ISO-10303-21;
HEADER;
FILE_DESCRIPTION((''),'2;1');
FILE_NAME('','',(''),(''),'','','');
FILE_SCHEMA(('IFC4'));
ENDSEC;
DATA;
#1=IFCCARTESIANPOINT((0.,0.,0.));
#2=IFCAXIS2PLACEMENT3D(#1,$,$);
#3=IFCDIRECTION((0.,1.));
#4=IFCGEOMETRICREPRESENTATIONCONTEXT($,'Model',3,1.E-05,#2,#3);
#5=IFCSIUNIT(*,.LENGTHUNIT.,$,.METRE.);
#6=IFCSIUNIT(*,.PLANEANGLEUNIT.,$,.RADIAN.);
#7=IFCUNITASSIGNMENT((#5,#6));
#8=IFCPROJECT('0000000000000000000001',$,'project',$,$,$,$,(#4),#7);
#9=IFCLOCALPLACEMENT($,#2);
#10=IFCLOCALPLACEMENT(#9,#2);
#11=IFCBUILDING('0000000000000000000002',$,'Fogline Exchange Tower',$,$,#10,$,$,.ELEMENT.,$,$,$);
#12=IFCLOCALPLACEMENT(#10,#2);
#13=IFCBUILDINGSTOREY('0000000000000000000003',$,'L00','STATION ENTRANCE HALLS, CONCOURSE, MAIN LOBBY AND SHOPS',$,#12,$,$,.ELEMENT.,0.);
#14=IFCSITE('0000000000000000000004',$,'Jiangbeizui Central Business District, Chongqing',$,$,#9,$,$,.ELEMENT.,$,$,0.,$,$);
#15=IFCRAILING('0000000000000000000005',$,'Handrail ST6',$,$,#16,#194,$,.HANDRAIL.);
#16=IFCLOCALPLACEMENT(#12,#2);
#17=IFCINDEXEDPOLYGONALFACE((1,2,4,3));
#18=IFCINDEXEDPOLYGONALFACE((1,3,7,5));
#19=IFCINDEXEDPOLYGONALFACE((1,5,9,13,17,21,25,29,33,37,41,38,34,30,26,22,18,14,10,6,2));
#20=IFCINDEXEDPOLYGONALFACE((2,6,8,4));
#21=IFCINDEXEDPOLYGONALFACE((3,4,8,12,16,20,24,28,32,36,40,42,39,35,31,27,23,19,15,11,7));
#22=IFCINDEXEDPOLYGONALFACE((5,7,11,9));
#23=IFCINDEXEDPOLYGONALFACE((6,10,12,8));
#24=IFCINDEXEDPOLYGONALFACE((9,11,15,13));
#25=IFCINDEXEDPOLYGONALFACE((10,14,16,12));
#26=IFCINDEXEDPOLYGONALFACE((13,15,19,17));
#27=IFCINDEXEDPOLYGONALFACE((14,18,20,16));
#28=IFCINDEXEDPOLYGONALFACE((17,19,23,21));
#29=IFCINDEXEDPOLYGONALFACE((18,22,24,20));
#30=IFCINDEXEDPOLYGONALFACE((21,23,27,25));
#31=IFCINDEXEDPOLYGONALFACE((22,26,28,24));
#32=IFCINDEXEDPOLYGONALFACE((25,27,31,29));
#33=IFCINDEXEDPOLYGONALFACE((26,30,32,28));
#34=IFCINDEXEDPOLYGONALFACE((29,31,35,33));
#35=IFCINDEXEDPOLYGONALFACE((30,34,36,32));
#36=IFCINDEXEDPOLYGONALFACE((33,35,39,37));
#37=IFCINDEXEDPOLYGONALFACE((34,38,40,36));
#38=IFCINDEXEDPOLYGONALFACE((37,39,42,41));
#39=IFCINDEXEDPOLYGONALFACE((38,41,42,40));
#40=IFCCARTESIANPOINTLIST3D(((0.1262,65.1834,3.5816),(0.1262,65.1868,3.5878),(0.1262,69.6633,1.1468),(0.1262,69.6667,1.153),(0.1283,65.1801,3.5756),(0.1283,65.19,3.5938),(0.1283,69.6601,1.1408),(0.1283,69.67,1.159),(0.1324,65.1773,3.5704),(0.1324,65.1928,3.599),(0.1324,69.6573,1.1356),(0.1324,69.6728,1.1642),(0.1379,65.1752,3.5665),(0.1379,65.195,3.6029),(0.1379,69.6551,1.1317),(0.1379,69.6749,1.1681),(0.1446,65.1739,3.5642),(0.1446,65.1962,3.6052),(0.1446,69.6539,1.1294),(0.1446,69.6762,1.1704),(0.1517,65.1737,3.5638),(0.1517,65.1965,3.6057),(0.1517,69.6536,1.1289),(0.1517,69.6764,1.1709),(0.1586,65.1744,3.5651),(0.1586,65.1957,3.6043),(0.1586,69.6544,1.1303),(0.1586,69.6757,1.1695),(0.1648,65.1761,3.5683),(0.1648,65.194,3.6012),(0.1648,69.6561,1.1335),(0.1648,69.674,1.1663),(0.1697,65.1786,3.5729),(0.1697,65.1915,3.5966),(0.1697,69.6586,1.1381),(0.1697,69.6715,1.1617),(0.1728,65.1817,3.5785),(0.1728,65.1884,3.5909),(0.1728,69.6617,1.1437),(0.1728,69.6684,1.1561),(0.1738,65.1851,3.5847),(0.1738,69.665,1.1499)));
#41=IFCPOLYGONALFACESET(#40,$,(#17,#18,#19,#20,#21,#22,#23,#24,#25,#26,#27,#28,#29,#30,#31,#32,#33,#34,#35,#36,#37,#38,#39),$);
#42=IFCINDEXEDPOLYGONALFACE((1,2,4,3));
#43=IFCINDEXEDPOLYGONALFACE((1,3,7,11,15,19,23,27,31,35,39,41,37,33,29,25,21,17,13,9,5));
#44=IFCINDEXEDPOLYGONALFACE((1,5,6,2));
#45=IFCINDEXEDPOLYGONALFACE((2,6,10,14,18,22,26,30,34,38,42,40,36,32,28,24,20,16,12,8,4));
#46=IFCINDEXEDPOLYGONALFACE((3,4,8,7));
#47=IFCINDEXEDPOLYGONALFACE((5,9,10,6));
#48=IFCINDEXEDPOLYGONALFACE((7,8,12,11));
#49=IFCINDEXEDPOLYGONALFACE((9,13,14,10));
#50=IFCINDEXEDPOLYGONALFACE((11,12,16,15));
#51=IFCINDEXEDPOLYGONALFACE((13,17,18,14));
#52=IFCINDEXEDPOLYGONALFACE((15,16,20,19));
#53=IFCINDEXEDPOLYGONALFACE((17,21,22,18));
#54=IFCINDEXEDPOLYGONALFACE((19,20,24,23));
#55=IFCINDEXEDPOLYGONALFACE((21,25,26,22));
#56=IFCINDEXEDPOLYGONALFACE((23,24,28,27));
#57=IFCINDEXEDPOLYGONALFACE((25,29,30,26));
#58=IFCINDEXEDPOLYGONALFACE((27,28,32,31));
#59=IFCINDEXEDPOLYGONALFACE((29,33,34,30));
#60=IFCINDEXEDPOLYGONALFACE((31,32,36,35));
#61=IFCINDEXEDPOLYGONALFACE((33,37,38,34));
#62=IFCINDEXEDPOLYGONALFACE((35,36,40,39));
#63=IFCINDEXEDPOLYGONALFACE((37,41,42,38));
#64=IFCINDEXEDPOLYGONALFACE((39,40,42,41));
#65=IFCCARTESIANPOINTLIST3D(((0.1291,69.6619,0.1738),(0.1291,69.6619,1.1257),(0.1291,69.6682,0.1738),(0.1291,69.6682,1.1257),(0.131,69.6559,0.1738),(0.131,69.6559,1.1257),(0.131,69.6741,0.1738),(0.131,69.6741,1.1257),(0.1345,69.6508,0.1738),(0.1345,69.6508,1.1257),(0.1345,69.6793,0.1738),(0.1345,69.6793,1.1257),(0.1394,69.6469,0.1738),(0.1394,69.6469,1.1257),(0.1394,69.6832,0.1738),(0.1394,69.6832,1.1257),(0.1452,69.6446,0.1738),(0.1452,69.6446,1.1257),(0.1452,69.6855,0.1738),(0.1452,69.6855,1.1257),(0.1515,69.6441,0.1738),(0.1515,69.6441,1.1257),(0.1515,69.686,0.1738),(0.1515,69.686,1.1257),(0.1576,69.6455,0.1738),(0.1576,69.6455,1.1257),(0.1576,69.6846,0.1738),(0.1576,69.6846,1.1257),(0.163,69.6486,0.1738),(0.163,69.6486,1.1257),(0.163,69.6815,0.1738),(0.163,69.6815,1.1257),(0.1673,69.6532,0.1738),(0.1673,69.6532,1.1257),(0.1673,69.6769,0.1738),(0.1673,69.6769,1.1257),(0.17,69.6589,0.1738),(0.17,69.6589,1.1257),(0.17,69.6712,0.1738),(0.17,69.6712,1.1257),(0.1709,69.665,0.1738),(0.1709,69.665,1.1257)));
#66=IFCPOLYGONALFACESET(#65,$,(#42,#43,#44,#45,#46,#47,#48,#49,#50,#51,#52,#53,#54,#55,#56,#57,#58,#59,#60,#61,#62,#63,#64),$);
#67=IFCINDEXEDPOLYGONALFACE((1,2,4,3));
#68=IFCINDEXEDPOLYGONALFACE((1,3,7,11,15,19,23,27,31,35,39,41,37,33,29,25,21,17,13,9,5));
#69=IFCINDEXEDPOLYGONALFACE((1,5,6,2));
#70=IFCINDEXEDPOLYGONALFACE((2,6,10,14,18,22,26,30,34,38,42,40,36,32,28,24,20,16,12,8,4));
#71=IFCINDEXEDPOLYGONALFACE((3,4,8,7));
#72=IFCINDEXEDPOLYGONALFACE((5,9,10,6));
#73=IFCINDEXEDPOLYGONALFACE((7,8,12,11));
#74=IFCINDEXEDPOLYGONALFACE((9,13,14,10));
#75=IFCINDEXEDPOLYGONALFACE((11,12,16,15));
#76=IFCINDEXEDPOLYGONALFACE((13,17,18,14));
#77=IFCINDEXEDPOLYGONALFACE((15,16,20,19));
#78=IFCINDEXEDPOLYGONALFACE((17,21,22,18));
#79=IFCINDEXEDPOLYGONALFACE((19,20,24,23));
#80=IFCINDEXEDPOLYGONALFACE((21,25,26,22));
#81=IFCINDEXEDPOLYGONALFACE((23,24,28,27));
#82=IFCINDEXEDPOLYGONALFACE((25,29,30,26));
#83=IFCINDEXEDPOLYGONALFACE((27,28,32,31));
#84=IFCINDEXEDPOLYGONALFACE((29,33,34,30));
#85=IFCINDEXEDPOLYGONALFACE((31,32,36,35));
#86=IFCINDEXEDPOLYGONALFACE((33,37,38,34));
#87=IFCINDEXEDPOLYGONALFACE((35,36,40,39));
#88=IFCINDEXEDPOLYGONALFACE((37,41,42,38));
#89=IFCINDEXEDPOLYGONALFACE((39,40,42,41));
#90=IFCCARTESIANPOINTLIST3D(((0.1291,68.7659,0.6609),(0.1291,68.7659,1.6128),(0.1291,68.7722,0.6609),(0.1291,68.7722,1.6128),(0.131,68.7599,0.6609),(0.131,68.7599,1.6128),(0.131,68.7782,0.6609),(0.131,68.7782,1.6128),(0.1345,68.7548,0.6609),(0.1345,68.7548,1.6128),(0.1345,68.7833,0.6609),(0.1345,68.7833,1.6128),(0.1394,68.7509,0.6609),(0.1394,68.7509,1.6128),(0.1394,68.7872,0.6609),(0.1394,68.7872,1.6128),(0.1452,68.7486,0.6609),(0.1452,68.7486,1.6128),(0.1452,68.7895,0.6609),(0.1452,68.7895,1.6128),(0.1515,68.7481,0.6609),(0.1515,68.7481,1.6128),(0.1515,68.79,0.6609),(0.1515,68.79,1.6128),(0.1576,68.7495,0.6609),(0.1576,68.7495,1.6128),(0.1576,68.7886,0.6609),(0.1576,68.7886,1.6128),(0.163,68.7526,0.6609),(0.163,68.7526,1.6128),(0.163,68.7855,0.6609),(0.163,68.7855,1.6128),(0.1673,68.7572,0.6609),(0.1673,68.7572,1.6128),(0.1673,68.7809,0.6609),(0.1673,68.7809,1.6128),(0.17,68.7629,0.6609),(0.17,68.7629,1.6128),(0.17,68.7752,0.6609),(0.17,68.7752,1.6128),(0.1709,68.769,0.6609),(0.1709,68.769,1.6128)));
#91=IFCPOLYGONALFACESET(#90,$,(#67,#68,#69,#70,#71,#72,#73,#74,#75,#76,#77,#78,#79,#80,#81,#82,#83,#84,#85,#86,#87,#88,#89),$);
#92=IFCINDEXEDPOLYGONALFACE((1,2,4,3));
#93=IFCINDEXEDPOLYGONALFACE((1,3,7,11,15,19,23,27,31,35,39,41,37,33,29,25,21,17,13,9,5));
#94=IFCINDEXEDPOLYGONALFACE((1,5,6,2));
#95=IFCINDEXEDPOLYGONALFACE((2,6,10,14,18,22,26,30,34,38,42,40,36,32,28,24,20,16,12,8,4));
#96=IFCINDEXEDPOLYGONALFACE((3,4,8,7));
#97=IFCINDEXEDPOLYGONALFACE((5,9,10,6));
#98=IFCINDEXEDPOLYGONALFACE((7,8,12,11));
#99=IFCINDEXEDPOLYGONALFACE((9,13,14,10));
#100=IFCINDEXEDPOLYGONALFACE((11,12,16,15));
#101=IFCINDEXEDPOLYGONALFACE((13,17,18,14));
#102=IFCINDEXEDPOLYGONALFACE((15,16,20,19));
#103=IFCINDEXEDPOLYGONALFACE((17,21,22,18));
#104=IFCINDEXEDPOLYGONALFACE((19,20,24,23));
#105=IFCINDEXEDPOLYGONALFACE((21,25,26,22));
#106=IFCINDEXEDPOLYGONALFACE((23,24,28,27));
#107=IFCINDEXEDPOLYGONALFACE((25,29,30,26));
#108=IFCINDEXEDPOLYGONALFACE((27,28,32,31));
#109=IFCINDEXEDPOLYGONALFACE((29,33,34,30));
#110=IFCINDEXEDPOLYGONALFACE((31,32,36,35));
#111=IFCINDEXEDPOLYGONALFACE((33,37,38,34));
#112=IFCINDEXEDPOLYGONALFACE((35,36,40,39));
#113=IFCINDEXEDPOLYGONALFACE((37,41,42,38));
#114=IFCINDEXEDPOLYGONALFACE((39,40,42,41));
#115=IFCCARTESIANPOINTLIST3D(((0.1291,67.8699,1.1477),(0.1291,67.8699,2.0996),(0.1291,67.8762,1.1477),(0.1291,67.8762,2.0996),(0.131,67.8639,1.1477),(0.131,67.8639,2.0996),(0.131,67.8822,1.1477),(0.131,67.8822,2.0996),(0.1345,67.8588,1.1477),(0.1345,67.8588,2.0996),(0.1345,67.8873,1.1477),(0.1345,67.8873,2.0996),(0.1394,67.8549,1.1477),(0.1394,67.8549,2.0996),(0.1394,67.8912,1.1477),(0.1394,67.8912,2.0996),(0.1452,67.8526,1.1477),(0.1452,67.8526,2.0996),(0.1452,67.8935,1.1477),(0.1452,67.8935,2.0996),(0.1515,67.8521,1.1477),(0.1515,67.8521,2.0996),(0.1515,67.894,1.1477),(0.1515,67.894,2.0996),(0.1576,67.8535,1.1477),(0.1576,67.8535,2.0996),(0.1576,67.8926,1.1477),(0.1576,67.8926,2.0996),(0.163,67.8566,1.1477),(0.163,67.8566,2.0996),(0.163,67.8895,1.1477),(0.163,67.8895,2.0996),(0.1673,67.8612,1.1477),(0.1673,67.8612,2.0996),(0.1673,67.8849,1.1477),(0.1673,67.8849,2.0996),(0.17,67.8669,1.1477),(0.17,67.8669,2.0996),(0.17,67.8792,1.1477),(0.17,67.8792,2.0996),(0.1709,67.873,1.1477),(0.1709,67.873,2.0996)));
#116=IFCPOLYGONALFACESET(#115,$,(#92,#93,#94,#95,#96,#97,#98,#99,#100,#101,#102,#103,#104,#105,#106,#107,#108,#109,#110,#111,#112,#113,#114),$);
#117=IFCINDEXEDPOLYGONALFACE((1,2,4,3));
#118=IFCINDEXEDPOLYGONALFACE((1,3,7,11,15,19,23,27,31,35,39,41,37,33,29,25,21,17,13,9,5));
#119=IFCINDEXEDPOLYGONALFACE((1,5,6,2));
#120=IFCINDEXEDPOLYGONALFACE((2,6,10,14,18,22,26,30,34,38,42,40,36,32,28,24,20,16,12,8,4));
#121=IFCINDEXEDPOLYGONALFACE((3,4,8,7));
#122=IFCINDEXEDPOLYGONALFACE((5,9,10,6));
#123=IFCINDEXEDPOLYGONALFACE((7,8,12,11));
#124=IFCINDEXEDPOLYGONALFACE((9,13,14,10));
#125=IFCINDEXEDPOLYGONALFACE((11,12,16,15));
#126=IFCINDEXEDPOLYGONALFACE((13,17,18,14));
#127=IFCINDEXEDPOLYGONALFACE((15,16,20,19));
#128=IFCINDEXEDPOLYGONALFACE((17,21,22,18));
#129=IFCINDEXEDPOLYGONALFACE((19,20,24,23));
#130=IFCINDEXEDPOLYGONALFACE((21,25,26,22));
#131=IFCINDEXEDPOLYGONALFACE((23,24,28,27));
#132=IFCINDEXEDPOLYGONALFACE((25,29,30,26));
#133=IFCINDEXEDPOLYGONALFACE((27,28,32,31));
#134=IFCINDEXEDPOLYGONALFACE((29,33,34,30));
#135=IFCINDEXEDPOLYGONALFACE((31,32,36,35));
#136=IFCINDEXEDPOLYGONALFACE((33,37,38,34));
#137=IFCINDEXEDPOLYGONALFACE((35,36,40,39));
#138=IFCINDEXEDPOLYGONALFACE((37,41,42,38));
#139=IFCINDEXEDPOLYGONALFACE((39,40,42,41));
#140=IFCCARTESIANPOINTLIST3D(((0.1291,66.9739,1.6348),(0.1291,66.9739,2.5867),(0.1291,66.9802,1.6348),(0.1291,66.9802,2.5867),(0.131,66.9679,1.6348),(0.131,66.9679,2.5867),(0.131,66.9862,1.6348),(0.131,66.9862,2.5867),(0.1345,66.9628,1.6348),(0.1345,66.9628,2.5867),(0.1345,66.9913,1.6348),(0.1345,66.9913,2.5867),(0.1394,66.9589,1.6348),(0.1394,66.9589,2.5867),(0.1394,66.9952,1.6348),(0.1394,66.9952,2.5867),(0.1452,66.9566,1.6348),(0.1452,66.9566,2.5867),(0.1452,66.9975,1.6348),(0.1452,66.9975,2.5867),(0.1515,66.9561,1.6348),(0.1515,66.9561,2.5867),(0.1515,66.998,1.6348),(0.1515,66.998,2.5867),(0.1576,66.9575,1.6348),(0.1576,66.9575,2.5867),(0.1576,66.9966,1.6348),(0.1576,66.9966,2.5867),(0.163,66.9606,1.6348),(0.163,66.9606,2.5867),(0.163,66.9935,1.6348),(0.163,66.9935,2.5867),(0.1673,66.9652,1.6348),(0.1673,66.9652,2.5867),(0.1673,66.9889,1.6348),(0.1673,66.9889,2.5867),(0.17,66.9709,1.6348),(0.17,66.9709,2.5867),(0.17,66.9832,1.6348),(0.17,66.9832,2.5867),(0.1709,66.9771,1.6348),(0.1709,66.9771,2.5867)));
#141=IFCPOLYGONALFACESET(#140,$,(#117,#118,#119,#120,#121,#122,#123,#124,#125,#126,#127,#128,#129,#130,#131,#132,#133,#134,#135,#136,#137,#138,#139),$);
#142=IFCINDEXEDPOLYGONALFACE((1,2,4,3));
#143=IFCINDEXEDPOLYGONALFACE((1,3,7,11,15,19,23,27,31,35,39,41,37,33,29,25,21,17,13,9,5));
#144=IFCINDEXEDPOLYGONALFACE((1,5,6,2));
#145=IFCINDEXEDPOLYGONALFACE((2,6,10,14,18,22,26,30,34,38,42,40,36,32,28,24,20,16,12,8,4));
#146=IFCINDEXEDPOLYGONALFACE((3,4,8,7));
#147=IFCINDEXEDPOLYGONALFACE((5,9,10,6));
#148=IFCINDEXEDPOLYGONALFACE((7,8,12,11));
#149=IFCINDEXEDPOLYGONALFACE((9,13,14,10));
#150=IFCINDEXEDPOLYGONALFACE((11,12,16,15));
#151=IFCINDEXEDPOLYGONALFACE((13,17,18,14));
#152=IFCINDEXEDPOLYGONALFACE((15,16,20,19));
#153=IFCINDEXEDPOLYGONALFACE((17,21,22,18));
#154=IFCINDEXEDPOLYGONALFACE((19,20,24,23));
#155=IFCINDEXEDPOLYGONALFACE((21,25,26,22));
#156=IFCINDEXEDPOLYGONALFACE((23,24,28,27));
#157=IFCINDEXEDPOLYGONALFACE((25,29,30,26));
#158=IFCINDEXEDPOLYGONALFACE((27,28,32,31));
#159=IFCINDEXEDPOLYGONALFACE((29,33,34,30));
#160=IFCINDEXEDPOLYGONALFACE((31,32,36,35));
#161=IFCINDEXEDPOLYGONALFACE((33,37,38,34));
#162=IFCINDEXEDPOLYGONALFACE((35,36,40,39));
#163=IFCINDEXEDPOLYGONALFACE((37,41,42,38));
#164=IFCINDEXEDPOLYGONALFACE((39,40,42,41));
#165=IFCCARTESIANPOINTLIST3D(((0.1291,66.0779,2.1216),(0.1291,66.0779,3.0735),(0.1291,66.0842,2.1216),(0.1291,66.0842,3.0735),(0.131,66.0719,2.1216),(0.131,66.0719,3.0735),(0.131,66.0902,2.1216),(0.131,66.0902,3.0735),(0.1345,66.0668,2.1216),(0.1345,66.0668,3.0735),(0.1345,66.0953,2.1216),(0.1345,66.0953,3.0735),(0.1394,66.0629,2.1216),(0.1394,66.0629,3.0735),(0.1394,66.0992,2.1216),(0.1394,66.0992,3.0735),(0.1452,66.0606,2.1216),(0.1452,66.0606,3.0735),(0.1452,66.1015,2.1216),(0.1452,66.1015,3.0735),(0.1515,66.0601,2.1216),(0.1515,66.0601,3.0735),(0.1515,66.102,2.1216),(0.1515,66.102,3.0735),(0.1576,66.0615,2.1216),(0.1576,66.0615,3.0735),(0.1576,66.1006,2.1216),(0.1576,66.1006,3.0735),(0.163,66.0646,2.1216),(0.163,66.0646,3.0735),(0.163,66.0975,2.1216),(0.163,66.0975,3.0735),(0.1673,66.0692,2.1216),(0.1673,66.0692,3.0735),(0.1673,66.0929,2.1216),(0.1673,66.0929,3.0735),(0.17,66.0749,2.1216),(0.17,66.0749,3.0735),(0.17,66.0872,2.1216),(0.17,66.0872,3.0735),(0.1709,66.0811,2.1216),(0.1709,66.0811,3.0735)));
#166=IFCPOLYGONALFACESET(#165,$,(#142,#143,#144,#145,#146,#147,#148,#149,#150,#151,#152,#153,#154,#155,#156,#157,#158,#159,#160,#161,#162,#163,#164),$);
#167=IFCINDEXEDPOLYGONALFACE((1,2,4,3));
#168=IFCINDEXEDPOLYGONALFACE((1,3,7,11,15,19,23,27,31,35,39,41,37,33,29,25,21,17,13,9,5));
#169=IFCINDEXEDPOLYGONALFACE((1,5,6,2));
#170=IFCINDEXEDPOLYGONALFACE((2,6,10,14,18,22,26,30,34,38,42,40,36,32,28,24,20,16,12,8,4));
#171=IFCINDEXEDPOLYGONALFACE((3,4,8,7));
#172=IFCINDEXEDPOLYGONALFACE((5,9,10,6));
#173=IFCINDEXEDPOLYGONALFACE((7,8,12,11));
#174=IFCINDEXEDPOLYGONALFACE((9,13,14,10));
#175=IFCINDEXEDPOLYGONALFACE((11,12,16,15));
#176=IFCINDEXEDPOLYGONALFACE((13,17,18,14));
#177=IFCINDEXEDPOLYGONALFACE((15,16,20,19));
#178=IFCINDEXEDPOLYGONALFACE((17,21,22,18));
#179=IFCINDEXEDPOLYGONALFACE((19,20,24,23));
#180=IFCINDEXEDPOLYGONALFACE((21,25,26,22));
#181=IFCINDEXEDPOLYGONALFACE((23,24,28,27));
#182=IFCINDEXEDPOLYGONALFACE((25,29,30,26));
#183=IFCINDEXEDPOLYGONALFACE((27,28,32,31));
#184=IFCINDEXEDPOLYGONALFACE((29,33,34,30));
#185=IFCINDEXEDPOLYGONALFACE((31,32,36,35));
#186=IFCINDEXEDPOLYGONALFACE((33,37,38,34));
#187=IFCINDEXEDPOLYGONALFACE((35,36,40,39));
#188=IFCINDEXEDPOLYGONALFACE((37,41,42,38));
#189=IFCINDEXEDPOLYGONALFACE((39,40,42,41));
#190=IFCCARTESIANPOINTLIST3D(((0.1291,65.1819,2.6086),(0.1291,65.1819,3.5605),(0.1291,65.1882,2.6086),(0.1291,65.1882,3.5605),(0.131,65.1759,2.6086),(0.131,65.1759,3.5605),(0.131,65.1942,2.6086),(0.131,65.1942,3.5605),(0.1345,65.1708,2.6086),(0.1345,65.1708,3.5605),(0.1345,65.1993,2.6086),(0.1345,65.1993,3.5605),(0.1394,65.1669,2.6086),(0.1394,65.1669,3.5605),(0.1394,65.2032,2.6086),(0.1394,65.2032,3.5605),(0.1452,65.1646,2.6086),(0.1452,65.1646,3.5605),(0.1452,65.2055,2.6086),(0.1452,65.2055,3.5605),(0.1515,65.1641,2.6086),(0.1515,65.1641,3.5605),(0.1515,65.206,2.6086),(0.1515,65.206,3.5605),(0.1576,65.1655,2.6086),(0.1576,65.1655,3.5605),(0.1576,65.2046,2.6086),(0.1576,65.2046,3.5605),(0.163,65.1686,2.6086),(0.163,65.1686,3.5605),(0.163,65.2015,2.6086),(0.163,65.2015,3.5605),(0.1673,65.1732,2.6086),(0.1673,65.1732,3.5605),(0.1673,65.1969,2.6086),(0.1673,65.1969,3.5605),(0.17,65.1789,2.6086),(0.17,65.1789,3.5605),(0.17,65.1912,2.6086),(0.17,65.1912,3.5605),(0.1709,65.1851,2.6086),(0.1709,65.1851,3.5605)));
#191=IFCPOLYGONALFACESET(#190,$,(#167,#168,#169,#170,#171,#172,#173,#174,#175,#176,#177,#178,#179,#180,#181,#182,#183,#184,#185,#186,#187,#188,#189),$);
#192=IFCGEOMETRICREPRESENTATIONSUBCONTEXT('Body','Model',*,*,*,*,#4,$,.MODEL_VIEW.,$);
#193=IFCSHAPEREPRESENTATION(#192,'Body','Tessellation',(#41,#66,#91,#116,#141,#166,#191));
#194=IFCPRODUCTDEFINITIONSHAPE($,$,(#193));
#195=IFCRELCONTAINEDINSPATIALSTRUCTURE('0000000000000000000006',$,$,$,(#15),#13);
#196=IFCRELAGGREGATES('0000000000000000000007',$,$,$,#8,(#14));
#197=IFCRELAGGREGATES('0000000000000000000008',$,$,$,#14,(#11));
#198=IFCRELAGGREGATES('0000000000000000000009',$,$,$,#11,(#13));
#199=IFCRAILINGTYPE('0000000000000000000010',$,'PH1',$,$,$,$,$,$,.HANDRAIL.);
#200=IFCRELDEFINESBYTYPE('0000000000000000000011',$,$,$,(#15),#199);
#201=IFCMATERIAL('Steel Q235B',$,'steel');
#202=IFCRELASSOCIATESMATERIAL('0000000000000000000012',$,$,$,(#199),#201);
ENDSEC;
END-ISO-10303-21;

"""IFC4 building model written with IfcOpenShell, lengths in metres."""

from ifc_helpers import new_model, si_unit, direction, frame, origin, origin_2d, place, context, subcontext, project, spatial, circle, extrude, material, type_object, element, save


model = new_model("IFC4")

# Units and contexts
model_context = context("Model", 3, precision=1e-05, world=origin(), true_north=direction((0.0, 1.0)))
body_context = subcontext(model_context, "Body", "Model", "MODEL_VIEW")
ifc_project = project(units=[si_unit("LENGTHUNIT", "METRE"), si_unit("PLANEANGLEUNIT", "RADIAN")], contexts=[model_context])

# Site, building, storey
site_placement = place(None, origin())
site = spatial("IfcSite", under=ifc_project, at=site_placement, Name="Jiangbeizui Central Business District, Chongqing", CompositionType="ELEMENT", RefElevation=0.0)
building_placement = place(site_placement, origin())
building = spatial("IfcBuilding", under=site, at=building_placement, Name="Fogline Exchange Tower", CompositionType="ELEMENT")
storey_placement = place(building_placement, origin())
storey = spatial("IfcBuildingStorey", under=building, at=storey_placement, Name="L00", Description="STATION ENTRANCE HALLS, CONCOURSE, MAIN LOBBY AND SHOPS", CompositionType="ELEMENT", Elevation=0.0)

# Shared definitions
ifc_material_1 = material(Name="Steel Q235B", Category="steel")

# Railing
railing_type_1 = type_object("IfcRailingType", Name="PH1", PredefinedType="HANDRAIL", material=ifc_material_1)
for number, where, name in (
    (1, (0.1499, 69.665, 0.1738), "Handrail ST6"),
):
    element("IfcRailing", number, at=place(storey_placement, frame(where)), inside=storey, type_object=railing_type_1, Name=name, PredefinedType="HANDRAIL", context=body_context, shape_type="SweptSolid", body=[
        extrude(circle(Radius=0.0239, at=origin_2d()), frame((0.0, 0.0, 0.9761), z_axis=(0.0, -0.878621, 0.47752), x_axis=(1.0, 0.0, 0.0)), (0.0, 0.0, 1.0), 5.0989),
        extrude(circle(Radius=0.021, at=origin_2d()), origin(), (0.0, 0.0, 1.0), 0.9519),
        extrude(circle(Radius=0.021, at=origin_2d()), frame((0.0, -0.896, 0.4871)), (0.0, 0.0, 1.0), 0.9519),
        extrude(circle(Radius=0.021, at=origin_2d()), frame((0.0, -1.792, 0.9739)), (0.0, 0.0, 1.0), 0.9519),
        extrude(circle(Radius=0.021, at=origin_2d()), frame((0.0, -2.688, 1.4609)), (0.0, 0.0, 1.0), 0.9519),
        extrude(circle(Radius=0.021, at=origin_2d()), frame((0.0, -3.584, 1.9478)), (0.0, 0.0, 1.0), 0.9519),
        extrude(circle(Radius=0.021, at=origin_2d()), frame((0.0, -4.48, 2.4348)), (0.0, 0.0, 1.0), 0.9519),
    ])

save(model, "model.ifc")
